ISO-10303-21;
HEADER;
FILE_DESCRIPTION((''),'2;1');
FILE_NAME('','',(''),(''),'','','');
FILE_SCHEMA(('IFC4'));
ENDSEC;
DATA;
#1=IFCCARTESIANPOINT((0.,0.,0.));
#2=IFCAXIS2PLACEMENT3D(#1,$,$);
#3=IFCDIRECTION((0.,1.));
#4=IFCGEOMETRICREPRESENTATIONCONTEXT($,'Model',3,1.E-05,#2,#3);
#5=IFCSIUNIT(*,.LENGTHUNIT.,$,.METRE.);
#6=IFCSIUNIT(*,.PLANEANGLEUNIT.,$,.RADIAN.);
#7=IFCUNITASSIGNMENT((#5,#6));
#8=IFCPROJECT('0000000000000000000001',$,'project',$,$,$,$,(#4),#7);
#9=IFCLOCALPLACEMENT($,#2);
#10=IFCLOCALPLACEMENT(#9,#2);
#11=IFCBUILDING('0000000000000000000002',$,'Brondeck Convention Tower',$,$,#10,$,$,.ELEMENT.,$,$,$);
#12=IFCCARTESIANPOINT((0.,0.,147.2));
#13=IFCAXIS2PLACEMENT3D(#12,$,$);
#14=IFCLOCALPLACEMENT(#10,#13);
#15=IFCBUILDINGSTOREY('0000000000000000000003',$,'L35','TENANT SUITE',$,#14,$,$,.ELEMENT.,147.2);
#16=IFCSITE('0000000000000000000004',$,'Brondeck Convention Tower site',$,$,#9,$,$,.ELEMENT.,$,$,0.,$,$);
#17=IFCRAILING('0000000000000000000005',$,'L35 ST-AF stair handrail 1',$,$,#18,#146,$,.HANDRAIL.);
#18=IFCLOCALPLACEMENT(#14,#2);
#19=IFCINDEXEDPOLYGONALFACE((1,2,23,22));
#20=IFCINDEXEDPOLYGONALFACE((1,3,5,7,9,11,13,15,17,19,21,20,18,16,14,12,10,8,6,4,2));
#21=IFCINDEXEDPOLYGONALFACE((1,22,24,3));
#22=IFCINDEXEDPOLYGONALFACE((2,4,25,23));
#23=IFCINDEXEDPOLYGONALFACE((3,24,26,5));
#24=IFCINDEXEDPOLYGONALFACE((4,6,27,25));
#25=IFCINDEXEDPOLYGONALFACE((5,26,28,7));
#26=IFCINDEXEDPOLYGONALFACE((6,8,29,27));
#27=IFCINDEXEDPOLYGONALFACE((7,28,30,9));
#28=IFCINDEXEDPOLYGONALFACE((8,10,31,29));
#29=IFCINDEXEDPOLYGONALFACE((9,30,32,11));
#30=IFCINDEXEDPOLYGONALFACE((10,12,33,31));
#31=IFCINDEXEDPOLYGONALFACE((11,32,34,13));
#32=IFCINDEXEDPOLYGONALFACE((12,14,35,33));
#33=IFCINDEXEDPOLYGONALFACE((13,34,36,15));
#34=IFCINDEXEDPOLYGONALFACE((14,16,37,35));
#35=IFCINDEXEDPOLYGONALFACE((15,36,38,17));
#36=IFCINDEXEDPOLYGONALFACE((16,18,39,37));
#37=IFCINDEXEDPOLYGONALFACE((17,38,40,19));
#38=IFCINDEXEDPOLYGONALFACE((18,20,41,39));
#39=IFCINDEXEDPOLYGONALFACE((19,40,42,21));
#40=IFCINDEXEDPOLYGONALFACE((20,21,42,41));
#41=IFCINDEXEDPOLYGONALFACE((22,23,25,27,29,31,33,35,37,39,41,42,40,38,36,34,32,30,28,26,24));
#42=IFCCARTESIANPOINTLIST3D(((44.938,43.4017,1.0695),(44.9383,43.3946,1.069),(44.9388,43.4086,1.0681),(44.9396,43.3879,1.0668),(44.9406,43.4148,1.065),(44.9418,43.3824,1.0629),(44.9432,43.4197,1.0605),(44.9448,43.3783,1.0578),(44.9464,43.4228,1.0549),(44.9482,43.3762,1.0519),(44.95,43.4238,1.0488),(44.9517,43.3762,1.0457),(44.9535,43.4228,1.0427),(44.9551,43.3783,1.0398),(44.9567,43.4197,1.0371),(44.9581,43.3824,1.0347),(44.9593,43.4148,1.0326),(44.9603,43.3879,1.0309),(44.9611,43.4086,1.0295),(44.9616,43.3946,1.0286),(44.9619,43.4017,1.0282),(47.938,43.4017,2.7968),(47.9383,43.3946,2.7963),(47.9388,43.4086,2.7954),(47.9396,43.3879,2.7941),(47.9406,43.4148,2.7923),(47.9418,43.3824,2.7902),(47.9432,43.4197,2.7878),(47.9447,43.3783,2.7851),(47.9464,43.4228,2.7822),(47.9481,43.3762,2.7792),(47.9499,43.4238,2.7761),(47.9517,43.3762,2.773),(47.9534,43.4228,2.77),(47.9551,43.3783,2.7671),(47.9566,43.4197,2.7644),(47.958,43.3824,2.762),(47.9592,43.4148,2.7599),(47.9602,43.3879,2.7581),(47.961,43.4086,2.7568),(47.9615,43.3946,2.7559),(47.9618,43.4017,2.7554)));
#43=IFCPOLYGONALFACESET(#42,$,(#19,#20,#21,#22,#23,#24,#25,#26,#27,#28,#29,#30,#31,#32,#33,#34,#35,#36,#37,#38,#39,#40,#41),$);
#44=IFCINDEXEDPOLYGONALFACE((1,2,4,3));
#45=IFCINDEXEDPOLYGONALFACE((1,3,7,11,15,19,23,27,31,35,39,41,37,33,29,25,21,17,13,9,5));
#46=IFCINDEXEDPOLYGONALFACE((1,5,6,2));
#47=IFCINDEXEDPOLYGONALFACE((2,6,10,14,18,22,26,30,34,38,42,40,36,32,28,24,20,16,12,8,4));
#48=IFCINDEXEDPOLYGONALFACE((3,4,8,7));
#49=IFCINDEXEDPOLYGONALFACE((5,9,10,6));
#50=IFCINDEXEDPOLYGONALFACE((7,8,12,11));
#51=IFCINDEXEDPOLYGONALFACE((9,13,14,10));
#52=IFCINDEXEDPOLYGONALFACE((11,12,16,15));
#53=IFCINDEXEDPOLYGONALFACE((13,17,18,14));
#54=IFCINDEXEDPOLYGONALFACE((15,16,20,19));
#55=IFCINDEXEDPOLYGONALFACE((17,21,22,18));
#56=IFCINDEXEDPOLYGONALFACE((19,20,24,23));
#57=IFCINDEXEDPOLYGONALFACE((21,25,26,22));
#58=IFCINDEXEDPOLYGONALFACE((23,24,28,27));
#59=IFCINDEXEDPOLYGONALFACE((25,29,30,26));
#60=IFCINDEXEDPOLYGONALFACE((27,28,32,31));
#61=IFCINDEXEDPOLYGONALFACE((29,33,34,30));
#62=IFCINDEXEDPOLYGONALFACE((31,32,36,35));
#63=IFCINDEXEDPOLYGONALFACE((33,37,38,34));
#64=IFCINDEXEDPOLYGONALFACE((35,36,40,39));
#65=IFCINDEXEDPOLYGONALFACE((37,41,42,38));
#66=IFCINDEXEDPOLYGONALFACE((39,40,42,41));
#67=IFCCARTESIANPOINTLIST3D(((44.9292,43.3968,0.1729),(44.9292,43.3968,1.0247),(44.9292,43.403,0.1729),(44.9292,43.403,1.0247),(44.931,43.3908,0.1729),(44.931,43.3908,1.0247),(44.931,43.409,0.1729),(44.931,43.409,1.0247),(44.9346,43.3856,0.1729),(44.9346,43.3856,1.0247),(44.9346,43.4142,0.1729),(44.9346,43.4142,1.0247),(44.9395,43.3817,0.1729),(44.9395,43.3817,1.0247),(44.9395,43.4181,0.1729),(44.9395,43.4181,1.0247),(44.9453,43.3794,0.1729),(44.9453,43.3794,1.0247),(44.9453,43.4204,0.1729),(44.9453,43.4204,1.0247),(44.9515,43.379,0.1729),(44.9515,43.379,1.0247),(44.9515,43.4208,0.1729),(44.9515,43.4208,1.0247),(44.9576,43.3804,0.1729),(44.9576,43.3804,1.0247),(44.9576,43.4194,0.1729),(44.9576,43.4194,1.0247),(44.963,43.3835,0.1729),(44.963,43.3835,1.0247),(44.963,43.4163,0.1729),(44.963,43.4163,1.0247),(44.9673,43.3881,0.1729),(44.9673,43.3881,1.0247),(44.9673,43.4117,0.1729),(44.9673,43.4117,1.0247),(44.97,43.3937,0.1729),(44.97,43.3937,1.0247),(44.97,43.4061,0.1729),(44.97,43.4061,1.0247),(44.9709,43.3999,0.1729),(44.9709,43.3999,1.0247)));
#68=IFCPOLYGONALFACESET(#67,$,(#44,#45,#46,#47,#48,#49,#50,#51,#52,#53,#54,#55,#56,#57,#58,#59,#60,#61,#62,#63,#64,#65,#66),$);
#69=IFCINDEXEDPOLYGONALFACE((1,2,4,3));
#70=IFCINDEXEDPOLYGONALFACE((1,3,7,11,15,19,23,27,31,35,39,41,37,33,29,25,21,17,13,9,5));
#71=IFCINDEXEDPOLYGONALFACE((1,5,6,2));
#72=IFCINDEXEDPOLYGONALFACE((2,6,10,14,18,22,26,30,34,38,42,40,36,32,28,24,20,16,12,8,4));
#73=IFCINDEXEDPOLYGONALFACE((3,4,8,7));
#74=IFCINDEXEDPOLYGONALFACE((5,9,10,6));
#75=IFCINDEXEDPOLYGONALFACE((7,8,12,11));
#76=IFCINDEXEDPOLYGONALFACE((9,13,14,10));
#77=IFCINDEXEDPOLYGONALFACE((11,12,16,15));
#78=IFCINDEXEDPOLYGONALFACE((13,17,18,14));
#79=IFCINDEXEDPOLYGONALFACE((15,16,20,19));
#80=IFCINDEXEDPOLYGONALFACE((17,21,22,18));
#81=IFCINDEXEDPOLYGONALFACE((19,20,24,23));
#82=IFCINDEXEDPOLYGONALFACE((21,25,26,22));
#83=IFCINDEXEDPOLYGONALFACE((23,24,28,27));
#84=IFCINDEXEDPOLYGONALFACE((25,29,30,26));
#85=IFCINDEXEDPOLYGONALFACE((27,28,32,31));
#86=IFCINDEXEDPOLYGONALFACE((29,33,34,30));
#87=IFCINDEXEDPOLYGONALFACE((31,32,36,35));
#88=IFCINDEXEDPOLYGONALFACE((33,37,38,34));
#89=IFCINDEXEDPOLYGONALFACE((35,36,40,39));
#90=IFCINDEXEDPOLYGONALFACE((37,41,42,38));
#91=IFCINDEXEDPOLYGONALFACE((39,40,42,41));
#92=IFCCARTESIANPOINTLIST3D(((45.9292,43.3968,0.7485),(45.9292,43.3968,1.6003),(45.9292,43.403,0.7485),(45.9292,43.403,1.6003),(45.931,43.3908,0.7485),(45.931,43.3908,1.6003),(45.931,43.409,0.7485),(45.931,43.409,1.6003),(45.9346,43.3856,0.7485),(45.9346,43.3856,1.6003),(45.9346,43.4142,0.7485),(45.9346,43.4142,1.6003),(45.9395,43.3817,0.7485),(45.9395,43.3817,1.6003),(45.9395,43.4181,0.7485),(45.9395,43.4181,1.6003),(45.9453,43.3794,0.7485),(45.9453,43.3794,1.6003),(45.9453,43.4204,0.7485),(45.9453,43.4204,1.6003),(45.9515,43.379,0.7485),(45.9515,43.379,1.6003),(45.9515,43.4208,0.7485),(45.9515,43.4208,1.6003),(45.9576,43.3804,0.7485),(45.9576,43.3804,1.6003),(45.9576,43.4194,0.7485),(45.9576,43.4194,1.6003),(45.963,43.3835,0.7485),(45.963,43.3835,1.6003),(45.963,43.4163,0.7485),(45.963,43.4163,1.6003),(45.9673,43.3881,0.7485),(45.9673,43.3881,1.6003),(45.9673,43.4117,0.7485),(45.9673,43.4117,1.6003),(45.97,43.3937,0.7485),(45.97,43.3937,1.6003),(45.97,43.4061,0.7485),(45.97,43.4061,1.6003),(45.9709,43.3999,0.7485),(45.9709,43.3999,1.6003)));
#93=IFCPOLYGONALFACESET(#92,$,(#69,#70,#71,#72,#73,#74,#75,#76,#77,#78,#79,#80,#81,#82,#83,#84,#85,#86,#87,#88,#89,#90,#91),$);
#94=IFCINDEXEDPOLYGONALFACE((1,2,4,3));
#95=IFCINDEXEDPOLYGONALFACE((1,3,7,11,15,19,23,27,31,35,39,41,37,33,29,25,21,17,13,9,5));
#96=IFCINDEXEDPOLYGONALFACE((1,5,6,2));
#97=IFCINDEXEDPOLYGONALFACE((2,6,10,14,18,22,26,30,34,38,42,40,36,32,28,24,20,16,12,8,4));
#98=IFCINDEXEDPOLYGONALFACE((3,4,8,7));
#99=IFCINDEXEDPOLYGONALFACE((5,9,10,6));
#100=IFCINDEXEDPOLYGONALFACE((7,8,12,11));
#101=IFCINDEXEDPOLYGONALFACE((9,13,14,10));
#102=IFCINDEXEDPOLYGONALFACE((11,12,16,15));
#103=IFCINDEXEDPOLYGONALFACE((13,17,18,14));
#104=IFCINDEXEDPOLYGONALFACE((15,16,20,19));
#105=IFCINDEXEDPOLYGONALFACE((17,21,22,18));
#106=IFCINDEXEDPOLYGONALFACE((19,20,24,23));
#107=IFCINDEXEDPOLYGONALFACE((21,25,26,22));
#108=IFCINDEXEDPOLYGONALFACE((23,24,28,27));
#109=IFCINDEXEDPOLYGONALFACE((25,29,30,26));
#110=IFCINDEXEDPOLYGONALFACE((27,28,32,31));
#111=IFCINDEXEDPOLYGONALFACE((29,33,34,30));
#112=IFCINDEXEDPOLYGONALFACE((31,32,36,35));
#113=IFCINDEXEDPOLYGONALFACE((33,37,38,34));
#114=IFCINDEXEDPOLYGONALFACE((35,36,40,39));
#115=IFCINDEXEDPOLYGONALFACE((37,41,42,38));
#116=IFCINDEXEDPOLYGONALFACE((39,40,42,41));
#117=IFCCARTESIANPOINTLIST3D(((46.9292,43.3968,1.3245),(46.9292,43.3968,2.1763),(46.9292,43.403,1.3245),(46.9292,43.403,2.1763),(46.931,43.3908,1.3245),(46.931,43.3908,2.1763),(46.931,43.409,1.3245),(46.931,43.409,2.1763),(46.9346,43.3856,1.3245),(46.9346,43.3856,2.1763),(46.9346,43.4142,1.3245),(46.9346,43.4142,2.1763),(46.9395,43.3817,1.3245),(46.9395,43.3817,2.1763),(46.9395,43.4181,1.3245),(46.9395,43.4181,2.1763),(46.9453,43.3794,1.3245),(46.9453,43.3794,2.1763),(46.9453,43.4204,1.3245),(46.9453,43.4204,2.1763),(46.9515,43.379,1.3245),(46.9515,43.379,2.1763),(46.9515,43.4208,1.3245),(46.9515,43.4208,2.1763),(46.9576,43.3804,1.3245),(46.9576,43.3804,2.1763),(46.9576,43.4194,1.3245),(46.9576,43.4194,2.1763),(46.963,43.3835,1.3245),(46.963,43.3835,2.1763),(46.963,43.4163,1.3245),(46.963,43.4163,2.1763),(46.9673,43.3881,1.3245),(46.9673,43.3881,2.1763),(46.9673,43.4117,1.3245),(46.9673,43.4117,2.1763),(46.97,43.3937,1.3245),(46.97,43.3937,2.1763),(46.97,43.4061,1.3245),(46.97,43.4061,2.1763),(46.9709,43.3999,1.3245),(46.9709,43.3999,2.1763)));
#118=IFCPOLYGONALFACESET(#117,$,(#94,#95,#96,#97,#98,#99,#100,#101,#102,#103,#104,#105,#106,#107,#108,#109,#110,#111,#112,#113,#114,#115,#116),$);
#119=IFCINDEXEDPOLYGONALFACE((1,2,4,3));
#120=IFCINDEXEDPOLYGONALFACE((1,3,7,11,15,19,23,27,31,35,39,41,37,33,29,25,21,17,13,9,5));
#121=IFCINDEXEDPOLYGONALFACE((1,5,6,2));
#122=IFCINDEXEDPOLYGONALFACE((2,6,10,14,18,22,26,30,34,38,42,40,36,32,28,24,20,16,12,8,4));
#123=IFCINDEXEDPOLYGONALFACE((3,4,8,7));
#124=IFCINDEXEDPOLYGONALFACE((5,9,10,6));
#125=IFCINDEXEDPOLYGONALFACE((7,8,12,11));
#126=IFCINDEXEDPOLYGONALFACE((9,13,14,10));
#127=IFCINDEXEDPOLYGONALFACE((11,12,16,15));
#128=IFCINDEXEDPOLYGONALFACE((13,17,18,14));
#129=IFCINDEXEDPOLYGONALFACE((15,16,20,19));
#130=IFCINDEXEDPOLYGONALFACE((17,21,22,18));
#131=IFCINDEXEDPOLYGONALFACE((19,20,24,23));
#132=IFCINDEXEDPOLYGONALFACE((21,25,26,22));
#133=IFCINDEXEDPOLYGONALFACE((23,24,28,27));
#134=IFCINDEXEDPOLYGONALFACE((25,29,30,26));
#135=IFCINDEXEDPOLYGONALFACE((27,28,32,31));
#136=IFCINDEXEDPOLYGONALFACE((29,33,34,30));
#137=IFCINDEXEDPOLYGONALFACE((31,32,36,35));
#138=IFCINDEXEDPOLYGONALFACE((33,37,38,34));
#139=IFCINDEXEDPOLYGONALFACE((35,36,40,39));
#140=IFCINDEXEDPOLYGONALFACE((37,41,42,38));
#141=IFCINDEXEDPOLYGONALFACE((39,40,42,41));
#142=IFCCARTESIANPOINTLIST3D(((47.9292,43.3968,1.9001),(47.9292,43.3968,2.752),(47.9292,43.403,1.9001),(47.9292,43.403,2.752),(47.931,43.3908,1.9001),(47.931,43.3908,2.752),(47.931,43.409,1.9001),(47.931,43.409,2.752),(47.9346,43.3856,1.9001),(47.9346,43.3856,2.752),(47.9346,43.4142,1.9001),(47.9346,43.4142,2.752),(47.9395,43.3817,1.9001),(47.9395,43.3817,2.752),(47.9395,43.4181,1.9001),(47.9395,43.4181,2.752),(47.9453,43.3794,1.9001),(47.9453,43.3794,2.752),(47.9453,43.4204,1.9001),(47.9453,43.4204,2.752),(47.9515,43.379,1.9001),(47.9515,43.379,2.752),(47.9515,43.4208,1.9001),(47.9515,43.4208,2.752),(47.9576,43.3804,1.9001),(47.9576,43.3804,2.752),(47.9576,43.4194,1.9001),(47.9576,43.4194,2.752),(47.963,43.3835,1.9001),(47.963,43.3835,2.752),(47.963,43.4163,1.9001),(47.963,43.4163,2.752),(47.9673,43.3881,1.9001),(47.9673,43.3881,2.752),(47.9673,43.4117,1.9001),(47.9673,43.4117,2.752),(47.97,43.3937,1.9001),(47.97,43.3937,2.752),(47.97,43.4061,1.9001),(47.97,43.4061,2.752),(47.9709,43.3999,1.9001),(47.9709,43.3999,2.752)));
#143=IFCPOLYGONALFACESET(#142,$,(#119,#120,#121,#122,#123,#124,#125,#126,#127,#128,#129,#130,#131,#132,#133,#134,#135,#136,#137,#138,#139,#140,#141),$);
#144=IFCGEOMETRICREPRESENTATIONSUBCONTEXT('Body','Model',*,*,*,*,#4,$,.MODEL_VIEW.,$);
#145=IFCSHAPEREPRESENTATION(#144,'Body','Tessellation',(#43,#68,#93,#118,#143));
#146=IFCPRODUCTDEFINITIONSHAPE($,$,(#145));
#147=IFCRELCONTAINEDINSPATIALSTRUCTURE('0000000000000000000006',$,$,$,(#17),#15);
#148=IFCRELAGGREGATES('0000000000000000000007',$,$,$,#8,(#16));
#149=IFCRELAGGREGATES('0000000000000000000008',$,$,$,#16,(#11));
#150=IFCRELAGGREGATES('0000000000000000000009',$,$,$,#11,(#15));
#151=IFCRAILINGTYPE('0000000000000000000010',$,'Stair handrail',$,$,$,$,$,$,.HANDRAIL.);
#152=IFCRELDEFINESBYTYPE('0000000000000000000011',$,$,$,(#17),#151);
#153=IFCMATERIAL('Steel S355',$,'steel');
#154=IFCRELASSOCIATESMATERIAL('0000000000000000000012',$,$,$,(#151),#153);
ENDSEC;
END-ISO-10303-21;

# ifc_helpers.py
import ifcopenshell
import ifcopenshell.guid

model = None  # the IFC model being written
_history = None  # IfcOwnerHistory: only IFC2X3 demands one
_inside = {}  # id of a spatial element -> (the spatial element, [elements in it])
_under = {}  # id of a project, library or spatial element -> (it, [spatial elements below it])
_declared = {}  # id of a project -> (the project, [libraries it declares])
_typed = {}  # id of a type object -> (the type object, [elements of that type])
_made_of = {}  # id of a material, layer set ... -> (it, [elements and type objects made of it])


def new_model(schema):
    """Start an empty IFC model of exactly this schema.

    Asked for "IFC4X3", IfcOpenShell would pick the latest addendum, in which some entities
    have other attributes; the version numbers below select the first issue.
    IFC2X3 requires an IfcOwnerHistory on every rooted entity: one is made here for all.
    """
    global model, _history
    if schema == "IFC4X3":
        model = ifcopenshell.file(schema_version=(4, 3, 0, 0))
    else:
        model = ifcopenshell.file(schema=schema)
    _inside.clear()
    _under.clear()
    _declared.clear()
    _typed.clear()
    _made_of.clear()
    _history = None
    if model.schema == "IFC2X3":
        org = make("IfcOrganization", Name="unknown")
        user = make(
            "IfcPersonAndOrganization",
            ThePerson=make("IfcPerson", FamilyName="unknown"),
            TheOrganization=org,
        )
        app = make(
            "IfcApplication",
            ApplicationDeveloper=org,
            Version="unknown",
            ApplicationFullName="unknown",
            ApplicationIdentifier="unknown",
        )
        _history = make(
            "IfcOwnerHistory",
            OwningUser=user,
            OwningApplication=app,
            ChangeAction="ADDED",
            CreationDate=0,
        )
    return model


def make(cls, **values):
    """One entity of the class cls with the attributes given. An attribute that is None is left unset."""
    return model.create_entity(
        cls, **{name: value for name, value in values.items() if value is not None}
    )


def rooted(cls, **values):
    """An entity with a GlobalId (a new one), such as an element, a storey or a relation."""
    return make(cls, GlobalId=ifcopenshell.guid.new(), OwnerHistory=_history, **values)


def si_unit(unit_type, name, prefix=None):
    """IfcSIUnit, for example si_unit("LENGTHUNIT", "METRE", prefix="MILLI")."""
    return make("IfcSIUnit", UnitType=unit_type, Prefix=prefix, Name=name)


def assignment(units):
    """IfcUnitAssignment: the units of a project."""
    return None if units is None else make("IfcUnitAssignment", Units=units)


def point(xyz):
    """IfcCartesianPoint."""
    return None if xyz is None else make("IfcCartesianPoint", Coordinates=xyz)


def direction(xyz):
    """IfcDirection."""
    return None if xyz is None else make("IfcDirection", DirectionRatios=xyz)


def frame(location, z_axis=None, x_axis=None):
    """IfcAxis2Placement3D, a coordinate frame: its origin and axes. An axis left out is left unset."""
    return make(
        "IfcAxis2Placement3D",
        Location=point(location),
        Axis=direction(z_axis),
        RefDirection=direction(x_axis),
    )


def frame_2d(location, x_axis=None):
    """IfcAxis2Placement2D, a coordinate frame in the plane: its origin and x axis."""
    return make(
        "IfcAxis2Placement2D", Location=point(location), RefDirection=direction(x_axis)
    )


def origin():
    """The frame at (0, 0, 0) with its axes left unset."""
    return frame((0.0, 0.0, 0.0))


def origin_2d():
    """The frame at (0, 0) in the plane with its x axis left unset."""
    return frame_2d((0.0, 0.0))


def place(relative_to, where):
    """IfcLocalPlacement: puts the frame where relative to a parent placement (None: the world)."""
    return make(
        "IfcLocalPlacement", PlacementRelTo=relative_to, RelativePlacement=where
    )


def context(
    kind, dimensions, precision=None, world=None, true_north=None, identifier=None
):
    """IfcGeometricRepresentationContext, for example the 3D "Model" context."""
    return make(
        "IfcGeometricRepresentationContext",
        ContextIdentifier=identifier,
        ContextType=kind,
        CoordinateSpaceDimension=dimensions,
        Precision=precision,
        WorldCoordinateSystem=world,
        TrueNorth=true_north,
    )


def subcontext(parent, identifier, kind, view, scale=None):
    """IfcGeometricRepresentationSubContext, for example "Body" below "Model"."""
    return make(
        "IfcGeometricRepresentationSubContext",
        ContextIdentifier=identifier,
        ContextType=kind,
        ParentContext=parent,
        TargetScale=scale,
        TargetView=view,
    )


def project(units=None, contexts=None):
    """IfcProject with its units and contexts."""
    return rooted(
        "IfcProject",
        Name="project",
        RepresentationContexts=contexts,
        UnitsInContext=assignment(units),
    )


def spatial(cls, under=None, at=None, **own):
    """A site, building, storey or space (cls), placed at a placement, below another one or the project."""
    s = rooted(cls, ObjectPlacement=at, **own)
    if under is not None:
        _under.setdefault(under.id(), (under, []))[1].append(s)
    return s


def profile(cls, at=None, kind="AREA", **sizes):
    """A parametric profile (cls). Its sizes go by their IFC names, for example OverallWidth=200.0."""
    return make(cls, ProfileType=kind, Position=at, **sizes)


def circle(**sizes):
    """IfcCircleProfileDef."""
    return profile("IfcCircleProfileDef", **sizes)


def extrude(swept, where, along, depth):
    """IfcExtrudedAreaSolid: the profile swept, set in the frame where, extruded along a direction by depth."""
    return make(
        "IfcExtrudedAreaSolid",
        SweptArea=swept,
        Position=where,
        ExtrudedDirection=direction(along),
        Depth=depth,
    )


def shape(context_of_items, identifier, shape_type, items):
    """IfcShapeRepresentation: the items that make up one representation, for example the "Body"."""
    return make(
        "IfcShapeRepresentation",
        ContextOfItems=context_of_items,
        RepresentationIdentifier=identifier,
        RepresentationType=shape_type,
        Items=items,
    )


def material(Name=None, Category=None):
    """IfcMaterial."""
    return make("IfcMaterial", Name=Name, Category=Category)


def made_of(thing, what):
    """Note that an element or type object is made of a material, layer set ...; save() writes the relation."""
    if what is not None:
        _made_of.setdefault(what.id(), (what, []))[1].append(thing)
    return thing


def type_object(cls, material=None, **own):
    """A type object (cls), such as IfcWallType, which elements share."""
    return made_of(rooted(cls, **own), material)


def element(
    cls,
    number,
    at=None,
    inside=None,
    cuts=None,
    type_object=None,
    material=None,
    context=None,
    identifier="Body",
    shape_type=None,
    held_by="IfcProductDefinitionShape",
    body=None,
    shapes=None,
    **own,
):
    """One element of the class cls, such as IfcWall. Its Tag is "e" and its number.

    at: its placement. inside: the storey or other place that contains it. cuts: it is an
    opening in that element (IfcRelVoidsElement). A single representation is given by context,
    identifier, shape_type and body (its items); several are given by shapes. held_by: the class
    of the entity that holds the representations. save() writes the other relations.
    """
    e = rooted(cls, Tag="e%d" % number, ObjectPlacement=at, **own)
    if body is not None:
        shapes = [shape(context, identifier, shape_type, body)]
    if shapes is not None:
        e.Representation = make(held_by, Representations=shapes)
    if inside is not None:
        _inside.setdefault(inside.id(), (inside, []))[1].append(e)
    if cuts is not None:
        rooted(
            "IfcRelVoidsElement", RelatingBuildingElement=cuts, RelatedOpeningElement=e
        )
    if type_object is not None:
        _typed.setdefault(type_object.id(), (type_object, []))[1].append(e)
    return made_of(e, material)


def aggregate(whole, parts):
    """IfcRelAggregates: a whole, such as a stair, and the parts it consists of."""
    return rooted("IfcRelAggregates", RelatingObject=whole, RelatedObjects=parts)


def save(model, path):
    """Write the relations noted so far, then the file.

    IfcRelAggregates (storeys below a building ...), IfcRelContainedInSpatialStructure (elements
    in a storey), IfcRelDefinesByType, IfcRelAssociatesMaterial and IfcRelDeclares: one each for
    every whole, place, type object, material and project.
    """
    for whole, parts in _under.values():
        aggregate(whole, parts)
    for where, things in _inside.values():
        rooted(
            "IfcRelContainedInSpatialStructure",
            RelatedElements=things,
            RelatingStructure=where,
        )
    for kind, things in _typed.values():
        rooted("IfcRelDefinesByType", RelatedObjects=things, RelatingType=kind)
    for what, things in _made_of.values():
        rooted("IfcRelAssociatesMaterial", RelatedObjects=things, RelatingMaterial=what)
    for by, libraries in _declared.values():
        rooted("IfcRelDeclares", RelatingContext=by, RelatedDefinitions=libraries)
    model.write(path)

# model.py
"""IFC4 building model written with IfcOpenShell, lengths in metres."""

from ifc_helpers import new_model, si_unit, direction, frame, origin, origin_2d, place, context, subcontext, project, spatial, circle, extrude, material, type_object, element, save


model = new_model("IFC4")

# Units and contexts
model_context = context("Model", 3, precision=1e-05, world=origin(), true_north=direction((0.0, 1.0)))
body_context = subcontext(model_context, "Body", "Model", "MODEL_VIEW")
ifc_project = project(units=[si_unit("LENGTHUNIT", "METRE"), si_unit("PLANEANGLEUNIT", "RADIAN")], contexts=[model_context])

# Site, building, storey
site_placement = place(None, origin())
site = spatial("IfcSite", under=ifc_project, at=site_placement, Name="Brondeck Convention Tower site", CompositionType="ELEMENT", RefElevation=0.0)
building_placement = place(site_placement, origin())
building = spatial("IfcBuilding", under=site, at=building_placement, Name="Brondeck Convention Tower", CompositionType="ELEMENT")
storey_placement = place(building_placement, frame((0.0, 0.0, 147.2)))
storey = spatial("IfcBuildingStorey", under=building, at=storey_placement, Name="L35", Description="TENANT SUITE", CompositionType="ELEMENT", Elevation=147.2)

# Shared definitions
ifc_material_1 = material(Name="Steel S355", Category="steel")

# Railing
railing_type_1 = type_object("IfcRailingType", Name="Stair handrail", PredefinedType="HANDRAIL", material=ifc_material_1)
railing_1_placement = place(storey_placement, frame((44.95, 43.3999, 0.1729)))
element("IfcRailing", 1, at=railing_1_placement, inside=storey, type_object=railing_type_1, Name="L35 ST-AF stair handrail 1", PredefinedType="HANDRAIL", context=body_context, shape_type="SweptSolid", body=[
    extrude(circle(Radius=0.0239, at=origin_2d()), frame((0.0, 0.0, 0.876), z_axis=(0.86662, 0.0, 0.498969), x_axis=(0.0, 1.0, 0.0)), (0.0, 0.0, 1.0), 3.4617),
    extrude(circle(Radius=0.021, at=origin_2d()), origin(), (0.0, 0.0, 1.0), 0.8518),
    extrude(circle(Radius=0.021, at=origin_2d()), frame((1.0, 0.0, 0.5757)), (0.0, 0.0, 1.0), 0.8518),
    extrude(circle(Radius=0.021, at=origin_2d()), frame((2.0, 0.0, 1.1516)), (0.0, 0.0, 1.0), 0.8518),
    extrude(circle(Radius=0.021, at=origin_2d()), frame((3.0, 0.0, 1.7273)), (0.0, 0.0, 1.0), 0.8518),
])

save(model, "model.ifc")
